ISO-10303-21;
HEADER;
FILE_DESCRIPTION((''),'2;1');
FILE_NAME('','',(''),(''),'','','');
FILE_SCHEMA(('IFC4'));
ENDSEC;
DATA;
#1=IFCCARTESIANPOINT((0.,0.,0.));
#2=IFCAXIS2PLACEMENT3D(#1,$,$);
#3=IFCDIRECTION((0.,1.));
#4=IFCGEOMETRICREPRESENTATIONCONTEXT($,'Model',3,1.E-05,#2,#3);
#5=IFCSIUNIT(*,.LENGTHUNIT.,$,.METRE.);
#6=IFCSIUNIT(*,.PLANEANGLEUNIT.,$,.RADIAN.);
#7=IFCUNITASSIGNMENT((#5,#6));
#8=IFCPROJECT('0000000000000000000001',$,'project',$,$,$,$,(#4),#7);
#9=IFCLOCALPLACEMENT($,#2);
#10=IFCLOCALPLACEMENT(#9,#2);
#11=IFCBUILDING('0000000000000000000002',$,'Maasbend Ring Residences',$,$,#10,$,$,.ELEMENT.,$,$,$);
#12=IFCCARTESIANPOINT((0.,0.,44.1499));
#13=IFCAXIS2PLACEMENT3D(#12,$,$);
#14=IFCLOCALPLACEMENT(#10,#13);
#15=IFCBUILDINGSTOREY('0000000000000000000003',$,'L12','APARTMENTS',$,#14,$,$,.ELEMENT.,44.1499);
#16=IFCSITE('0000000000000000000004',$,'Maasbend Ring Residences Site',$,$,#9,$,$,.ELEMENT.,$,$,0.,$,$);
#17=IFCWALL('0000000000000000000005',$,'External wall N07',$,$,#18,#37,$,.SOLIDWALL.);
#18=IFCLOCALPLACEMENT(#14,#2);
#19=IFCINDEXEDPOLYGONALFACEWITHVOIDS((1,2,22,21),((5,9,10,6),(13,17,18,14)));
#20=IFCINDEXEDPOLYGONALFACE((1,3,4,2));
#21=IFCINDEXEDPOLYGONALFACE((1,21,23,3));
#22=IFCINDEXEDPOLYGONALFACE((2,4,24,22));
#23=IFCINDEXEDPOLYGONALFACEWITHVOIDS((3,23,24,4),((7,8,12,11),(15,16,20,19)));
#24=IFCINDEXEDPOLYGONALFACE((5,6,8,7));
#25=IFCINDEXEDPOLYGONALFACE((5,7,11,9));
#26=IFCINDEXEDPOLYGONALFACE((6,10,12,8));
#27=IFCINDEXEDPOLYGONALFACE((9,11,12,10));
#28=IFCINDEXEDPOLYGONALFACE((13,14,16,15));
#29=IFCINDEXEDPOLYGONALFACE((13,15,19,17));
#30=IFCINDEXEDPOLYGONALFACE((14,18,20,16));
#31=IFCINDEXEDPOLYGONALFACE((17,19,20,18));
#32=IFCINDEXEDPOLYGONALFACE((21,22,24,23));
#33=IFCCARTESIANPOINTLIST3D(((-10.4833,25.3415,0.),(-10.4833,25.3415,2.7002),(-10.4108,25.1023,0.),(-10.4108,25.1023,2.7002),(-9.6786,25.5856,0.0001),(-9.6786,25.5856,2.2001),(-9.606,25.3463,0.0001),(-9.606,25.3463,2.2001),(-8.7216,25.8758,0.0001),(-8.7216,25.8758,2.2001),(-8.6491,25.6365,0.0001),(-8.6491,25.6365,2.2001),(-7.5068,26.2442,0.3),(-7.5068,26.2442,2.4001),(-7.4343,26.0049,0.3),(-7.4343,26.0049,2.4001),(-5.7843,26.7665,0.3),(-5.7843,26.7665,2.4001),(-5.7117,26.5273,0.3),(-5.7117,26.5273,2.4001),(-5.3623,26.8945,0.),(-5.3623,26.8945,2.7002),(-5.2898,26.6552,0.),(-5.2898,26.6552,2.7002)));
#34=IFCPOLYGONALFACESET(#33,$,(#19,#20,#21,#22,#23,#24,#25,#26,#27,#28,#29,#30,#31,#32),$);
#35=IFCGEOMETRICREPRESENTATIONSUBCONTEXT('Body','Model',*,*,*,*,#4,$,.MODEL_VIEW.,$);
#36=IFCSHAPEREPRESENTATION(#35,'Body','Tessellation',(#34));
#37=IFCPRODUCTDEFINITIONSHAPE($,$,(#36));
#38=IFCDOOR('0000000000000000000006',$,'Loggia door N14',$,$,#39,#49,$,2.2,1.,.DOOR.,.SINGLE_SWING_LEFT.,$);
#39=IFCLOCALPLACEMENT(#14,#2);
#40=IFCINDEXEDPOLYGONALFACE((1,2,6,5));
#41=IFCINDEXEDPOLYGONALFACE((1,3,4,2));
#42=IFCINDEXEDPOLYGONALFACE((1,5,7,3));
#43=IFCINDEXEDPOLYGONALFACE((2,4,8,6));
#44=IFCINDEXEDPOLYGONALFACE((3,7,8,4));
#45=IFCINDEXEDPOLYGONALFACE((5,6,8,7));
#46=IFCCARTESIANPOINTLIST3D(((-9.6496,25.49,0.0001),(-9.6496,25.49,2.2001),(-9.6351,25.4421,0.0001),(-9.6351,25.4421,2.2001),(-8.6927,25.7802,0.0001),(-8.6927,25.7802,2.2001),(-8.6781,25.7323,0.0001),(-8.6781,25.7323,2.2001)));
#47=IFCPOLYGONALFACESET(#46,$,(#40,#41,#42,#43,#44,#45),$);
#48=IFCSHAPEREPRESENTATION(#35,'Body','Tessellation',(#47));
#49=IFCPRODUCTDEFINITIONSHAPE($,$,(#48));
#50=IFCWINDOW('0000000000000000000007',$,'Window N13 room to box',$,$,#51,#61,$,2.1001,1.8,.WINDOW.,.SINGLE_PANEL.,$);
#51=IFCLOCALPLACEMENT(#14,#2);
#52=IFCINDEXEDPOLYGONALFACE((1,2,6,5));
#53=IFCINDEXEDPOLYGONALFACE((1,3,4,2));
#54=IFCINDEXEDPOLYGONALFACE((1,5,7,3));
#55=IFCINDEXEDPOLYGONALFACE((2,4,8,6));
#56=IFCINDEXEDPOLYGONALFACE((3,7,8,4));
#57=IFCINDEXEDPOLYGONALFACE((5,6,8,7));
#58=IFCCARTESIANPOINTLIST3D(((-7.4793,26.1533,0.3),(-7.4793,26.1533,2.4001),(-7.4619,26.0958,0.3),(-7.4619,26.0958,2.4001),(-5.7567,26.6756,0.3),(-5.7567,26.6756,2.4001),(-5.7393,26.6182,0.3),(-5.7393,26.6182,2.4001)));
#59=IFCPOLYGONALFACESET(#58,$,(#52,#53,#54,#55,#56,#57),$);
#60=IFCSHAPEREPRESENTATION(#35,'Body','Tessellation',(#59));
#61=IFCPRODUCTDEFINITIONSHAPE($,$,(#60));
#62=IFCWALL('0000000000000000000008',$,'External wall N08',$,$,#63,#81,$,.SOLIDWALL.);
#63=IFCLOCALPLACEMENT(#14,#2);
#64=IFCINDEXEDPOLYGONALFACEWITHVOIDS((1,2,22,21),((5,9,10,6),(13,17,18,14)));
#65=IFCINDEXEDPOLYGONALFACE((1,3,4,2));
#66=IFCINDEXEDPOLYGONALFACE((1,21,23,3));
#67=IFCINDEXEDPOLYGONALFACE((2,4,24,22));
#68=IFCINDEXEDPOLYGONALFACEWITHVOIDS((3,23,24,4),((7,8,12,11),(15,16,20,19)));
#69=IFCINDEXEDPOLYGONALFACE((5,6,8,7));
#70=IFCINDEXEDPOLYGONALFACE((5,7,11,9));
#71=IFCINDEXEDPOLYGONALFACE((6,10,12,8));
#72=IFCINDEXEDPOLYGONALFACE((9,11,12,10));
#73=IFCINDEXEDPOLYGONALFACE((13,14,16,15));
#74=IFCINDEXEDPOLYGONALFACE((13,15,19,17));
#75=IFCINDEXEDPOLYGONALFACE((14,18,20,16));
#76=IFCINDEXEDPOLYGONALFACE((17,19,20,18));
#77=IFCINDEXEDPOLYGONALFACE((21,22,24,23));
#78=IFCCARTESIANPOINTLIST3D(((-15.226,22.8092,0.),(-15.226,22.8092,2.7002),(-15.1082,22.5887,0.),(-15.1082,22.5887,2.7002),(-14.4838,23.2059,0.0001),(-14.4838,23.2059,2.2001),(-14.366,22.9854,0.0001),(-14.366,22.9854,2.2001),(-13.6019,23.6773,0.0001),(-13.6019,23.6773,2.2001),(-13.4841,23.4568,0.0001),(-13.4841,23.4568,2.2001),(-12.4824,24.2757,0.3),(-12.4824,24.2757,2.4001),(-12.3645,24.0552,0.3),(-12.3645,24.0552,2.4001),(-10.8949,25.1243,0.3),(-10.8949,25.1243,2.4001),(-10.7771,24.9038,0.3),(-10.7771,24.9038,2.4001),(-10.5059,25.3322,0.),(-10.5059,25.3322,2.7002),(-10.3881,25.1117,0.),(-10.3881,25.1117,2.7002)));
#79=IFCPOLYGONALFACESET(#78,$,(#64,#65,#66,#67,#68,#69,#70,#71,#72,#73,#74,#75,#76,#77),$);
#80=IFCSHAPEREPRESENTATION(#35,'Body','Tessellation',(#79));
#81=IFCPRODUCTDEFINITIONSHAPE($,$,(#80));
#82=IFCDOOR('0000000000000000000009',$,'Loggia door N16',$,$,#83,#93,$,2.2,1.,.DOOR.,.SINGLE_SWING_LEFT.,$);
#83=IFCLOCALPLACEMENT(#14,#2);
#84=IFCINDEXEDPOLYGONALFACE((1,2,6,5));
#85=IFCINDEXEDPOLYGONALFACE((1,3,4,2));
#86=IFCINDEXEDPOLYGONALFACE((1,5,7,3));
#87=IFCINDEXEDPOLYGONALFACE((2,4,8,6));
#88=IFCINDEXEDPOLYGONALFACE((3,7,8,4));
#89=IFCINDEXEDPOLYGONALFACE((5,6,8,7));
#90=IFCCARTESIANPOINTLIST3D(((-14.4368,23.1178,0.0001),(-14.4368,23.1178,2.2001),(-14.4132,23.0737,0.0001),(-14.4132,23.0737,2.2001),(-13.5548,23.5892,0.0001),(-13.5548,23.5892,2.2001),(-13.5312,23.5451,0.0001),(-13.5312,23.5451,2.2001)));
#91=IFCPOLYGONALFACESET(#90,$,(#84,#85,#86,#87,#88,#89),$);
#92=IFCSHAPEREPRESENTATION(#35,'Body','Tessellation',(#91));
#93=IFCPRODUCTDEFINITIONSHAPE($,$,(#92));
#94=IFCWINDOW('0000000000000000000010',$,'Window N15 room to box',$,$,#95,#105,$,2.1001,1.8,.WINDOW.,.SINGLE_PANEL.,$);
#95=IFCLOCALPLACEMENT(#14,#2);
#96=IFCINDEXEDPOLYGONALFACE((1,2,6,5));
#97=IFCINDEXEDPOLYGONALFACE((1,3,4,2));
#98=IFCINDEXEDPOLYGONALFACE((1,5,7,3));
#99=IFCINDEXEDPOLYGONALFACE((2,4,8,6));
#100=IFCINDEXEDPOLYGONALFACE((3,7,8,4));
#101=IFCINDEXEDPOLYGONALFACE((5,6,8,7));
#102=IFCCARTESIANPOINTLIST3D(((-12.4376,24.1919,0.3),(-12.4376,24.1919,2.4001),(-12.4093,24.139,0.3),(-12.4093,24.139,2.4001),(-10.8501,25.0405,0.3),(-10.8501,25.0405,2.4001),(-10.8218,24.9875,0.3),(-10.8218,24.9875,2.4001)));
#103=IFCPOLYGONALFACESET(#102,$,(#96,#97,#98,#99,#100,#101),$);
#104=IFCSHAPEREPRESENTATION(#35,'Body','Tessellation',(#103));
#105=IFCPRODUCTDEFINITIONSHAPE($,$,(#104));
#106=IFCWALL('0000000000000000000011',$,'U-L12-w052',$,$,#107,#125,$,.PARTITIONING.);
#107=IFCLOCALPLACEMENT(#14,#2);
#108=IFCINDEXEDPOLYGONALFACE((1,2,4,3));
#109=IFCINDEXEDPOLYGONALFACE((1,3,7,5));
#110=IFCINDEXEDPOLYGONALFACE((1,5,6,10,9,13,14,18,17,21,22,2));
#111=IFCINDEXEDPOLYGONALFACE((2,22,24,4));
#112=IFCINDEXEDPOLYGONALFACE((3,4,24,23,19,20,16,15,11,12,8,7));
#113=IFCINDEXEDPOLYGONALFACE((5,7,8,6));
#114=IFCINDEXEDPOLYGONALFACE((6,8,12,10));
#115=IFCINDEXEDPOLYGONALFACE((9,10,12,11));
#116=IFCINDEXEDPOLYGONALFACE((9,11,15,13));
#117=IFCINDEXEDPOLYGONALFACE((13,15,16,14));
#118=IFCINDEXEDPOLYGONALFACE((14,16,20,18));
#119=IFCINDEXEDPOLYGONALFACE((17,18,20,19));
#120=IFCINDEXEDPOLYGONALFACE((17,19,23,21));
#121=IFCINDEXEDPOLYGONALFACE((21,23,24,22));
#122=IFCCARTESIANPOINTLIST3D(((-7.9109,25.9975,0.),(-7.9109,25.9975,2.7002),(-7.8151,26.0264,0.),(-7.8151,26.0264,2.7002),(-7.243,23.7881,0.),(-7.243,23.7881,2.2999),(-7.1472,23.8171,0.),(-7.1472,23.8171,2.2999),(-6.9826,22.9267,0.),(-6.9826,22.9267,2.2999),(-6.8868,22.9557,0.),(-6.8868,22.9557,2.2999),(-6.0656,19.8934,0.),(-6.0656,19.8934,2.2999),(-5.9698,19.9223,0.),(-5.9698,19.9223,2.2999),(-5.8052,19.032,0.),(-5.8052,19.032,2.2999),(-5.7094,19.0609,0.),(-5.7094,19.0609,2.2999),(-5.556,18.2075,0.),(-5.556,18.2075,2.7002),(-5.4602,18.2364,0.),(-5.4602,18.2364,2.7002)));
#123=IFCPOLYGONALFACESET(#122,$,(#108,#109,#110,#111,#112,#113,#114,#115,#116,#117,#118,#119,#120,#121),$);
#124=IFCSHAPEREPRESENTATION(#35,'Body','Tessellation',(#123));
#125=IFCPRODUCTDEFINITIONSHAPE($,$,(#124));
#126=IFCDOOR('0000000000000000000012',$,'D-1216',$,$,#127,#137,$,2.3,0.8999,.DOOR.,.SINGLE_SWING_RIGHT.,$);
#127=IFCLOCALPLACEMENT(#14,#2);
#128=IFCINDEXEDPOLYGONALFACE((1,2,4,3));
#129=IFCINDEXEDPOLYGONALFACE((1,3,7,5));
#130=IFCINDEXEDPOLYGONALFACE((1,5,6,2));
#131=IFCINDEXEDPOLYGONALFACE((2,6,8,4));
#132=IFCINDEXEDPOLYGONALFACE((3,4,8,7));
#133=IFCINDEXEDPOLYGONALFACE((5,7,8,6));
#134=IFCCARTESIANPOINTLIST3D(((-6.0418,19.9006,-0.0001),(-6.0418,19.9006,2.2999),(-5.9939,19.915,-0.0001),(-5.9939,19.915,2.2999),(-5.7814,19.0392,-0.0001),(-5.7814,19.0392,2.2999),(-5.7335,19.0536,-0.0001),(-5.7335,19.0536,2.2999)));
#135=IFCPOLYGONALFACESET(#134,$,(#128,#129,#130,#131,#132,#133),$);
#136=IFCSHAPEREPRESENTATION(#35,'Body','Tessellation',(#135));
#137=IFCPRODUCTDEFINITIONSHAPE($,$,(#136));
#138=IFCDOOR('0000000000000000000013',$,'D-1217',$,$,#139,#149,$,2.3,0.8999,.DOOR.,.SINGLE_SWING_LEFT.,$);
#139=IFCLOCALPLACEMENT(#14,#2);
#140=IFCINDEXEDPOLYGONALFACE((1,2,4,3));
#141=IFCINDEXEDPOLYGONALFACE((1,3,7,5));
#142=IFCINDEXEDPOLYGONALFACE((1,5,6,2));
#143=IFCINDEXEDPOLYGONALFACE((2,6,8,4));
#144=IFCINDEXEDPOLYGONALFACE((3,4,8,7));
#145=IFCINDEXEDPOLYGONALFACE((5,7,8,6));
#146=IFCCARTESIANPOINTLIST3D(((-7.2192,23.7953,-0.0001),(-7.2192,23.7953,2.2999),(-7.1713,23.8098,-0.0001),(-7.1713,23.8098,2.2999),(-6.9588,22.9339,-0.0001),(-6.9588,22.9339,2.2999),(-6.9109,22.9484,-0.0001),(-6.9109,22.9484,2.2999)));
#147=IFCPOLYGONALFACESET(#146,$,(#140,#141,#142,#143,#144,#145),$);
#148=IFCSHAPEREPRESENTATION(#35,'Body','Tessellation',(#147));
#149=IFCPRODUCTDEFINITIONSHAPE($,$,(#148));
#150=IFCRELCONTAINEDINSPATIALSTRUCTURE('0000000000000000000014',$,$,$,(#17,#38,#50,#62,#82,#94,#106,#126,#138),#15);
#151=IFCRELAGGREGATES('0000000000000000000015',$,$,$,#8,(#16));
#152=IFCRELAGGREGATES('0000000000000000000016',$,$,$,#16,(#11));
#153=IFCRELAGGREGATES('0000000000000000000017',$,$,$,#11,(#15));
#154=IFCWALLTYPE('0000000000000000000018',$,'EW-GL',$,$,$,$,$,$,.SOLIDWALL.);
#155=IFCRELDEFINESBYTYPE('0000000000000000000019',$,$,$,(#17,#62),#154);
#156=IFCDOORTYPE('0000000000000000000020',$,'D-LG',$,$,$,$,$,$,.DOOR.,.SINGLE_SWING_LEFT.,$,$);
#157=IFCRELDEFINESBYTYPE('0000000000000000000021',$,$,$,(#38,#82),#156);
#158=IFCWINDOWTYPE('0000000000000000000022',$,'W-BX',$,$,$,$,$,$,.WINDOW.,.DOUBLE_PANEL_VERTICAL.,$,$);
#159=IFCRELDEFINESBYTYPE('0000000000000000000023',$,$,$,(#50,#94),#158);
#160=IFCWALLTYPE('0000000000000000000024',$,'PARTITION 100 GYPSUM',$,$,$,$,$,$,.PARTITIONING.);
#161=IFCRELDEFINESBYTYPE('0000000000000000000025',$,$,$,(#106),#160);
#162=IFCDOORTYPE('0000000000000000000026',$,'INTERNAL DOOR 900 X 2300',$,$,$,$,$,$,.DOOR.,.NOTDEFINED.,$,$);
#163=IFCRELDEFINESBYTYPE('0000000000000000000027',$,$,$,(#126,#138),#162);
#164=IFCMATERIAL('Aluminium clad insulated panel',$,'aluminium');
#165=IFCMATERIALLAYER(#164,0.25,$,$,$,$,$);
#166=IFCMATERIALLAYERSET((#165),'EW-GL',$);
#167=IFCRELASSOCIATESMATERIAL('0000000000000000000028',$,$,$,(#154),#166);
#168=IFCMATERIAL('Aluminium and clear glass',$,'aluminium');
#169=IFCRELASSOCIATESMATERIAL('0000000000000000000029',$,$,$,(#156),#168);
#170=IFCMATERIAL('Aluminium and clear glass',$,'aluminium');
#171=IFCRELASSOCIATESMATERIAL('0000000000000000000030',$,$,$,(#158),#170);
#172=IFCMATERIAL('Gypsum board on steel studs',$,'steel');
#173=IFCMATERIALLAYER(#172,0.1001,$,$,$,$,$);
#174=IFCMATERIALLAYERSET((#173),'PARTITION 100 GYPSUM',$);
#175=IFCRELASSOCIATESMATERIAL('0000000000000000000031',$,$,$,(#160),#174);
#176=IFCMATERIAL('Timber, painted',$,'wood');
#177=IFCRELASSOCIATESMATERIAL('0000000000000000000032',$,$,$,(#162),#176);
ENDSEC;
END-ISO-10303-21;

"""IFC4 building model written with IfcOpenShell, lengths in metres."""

from ifc_helpers import new_model, si_unit, direction, frame, frame_2d, origin, place, context, subcontext, project, spatial, rectangle, extrude, material, layer, layer_set, type_object, element, fill, save


model = new_model("IFC4")

# Units and contexts
model_context = context("Model", 3, precision=1e-05, world=origin(), true_north=direction((0.0, 1.0)))
body_context = subcontext(model_context, "Body", "Model", "MODEL_VIEW")
ifc_project = project(units=[si_unit("LENGTHUNIT", "METRE"), si_unit("PLANEANGLEUNIT", "RADIAN")], contexts=[model_context])

# Site, building, storey
site_placement = place(None, origin())
site = spatial("IfcSite", under=ifc_project, at=site_placement, Name="Maasbend Ring Residences Site", CompositionType="ELEMENT", RefElevation=0.0)
building_placement = place(site_placement, origin())
building = spatial("IfcBuilding", under=site, at=building_placement, Name="Maasbend Ring Residences", CompositionType="ELEMENT")
storey_placement = place(building_placement, frame((0.0, 0.0, 44.1499)))
storey = spatial("IfcBuildingStorey", under=building, at=storey_placement, Name="L12", Description="APARTMENTS", CompositionType="ELEMENT", Elevation=44.1499)

# Walls, openings, doors, windows
ifc_material_1 = material(Name="Aluminium clad insulated panel", Category="aluminium")
ifc_layer_1 = layer(ifc_material_1, 0.25)
ifc_layer_set_1 = layer_set([ifc_layer_1], Name="EW-GL")
wall_type_1 = type_object("IfcWallType", Name="EW-GL", PredefinedType="SOLIDWALL", material=ifc_layer_set_1)
wall_1_placement = place(storey_placement, frame((-5.3259, 26.7749, 0.0), z_axis=(0.0, 0.0, 1.0), x_axis=(-0.956966, -0.290201, 0.0)))
wall_1 = element("IfcWall", 1, at=wall_1_placement, inside=storey, type_object=wall_type_1, Name="External wall N07", PredefinedType="SOLIDWALL", context=body_context, shape_type="SweptSolid", body=[
    extrude(rectangle(XDim=5.3513, YDim=0.25, at=frame_2d((2.6758, 0.0))), origin(), (0.0, 0.0, 1.0), 2.7002),
])
opening_1_placement = place(wall_1_placement, frame((0.4412, 0.0, 0.3)))
opening_1 = element("IfcOpeningElement", 2, at=opening_1_placement, cuts=wall_1, PredefinedType="OPENING", context=body_context, shape_type="SweptSolid", body=[
    extrude(rectangle(XDim=1.8, YDim=2.1001, at=frame_2d((0.8999, 1.05))), frame((0.0, 0.135, 0.0), z_axis=(0.0, -1.0, 0.0), x_axis=(1.0, 0.0, 0.0)), (0.0, 0.0, 1.0), 0.27),
])
opening_2_placement = place(wall_1_placement, frame((3.5105, 0.0, 0.0)))
opening_2 = element("IfcOpeningElement", 3, at=opening_2_placement, cuts=wall_1, PredefinedType="OPENING", context=body_context, shape_type="SweptSolid", body=[
    extrude(rectangle(XDim=1.0, YDim=2.2, at=frame_2d((0.5, 1.1001))), frame((0.0, 0.135, 0.0), z_axis=(0.0, -1.0, 0.0), x_axis=(1.0, 0.0, 0.0)), (0.0, 0.0, 1.0), 0.27),
])
ifc_material_2 = material(Name="Aluminium and clear glass", Category="aluminium")
door_type_1 = type_object("IfcDoorType", Name="D-LG", OperationType="SINGLE_SWING_LEFT", PredefinedType="DOOR", material=ifc_material_2)
door_1_placement = place(opening_2_placement, origin())
door_1 = element("IfcDoor", 4, at=door_1_placement, inside=storey, type_object=door_type_1, Name="Loggia door N14", OperationType="SINGLE_SWING_LEFT", OverallHeight=2.2, OverallWidth=1.0, PredefinedType="DOOR", context=body_context, shape_type="SweptSolid", body=[
    extrude(rectangle(XDim=1.0, YDim=2.2, at=frame_2d((0.5, 1.1001))), frame((0.0, 0.0249, 0.0), z_axis=(0.0, -1.0, 0.0), x_axis=(1.0, 0.0, 0.0)), (0.0, 0.0, 1.0), 0.05),
])
fill(opening_2, door_1)
ifc_material_3 = material(Name="Aluminium and clear glass", Category="aluminium")
window_type_1 = type_object("IfcWindowType", Name="W-BX", PartitioningType="DOUBLE_PANEL_VERTICAL", PredefinedType="WINDOW", material=ifc_material_3)
window_1_placement = place(opening_1_placement, origin())
window_1 = element("IfcWindow", 5, at=window_1_placement, inside=storey, type_object=window_type_1, Name="Window N13 room to box", OverallHeight=2.1001, OverallWidth=1.8, PartitioningType="SINGLE_PANEL", PredefinedType="WINDOW", context=body_context, shape_type="SweptSolid", body=[
    extrude(rectangle(XDim=1.8, YDim=2.1001, at=frame_2d((0.8999, 1.05))), frame((0.0, 0.03, 0.0), z_axis=(0.0, -1.0, 0.0), x_axis=(1.0, 0.0, 0.0)), (0.0, 0.0, 1.0), 0.0601),
])
fill(opening_1, window_1)
wall_2_placement = place(storey_placement, frame((-10.447, 25.2219, 0.0), z_axis=(0.0, 0.0, 1.0), x_axis=(-0.881916, -0.471407, 0.0)))
wall_2 = element("IfcWall", 6, at=wall_2_placement, inside=storey, type_object=wall_type_1, Name="External wall N08", PredefinedType="SOLIDWALL", context=body_context, shape_type="SweptSolid", body=[
    extrude(rectangle(XDim=5.3521, YDim=0.25, at=frame_2d((2.676, 0.0))), origin(), (0.0, 0.0, 1.0), 2.7002),
])
opening_3_placement = place(wall_2_placement, frame((0.4412, 0.0, 0.3)))
opening_3 = element("IfcOpeningElement", 7, at=opening_3_placement, cuts=wall_2, PredefinedType="OPENING", context=body_context, shape_type="SweptSolid", body=[
    extrude(rectangle(XDim=1.8, YDim=2.1001, at=frame_2d((0.8999, 1.05))), frame((0.0, 0.135, 0.0), z_axis=(0.0, -1.0, 0.0), x_axis=(1.0, 0.0, 0.0)), (0.0, 0.0, 1.0), 0.27),
])
opening_4_placement = place(wall_2_placement, frame((3.5105, 0.0, 0.0)))
opening_4 = element("IfcOpeningElement", 8, at=opening_4_placement, cuts=wall_2, PredefinedType="OPENING", context=body_context, shape_type="SweptSolid", body=[
    extrude(rectangle(XDim=1.0, YDim=2.2, at=frame_2d((0.5, 1.1001))), frame((0.0, 0.135, 0.0), z_axis=(0.0, -1.0, 0.0), x_axis=(1.0, 0.0, 0.0)), (0.0, 0.0, 1.0), 0.27),
])
door_2_placement = place(opening_4_placement, origin())
door_2 = element("IfcDoor", 9, at=door_2_placement, inside=storey, type_object=door_type_1, Name="Loggia door N16", OperationType="SINGLE_SWING_LEFT", OverallHeight=2.2, OverallWidth=1.0, PredefinedType="DOOR", context=body_context, shape_type="SweptSolid", body=[
    extrude(rectangle(XDim=1.0, YDim=2.2, at=frame_2d((0.5, 1.1001))), frame((0.0, 0.0249, 0.0), z_axis=(0.0, -1.0, 0.0), x_axis=(1.0, 0.0, 0.0)), (0.0, 0.0, 1.0), 0.05),
])
fill(opening_4, door_2)
window_2_placement = place(opening_3_placement, origin())
window_2 = element("IfcWindow", 10, at=window_2_placement, inside=storey, type_object=window_type_1, Name="Window N15 room to box", OverallHeight=2.1001, OverallWidth=1.8, PartitioningType="SINGLE_PANEL", PredefinedType="WINDOW", context=body_context, shape_type="SweptSolid", body=[
    extrude(rectangle(XDim=1.8, YDim=2.1001, at=frame_2d((0.8999, 1.05))), frame((0.0, 0.03, 0.0), z_axis=(0.0, -1.0, 0.0), x_axis=(1.0, 0.0, 0.0)), (0.0, 0.0, 1.0), 0.0601),
])
fill(opening_3, window_2)

# Wall, openings, doors
ifc_material_4 = material(Name="Gypsum board on steel studs", Category="steel")
ifc_layer_2 = layer(ifc_material_4, 0.1001)
ifc_layer_set_2 = layer_set([ifc_layer_2], Name="PARTITION 100 GYPSUM")
wall_type_2 = type_object("IfcWallType", Name="PARTITION 100 GYPSUM", PredefinedType="PARTITIONING", material=ifc_layer_set_2)
wall_3_placement = place(storey_placement, frame((-7.863, 26.012, 0.0), z_axis=(0.0, 0.0, 1.0), x_axis=(0.289373, -0.957216, 0.0)))
wall_3 = element("IfcWall", 11, at=wall_3_placement, inside=storey, type_object=wall_type_2, Name="U-L12-w052", PredefinedType="PARTITIONING", context=body_context, shape_type="SweptSolid", body=[
    extrude(rectangle(XDim=8.1382, YDim=0.1001, at=frame_2d((4.0691, 0.0))), origin(), (0.0, 0.0, 1.0), 2.7002),
])
opening_5_placement = place(wall_3_placement, frame((6.377, 0.0, 0.0)))
opening_5 = element("IfcOpeningElement", 12, at=opening_5_placement, cuts=wall_3, PredefinedType="OPENING", context=body_context, shape_type="SweptSolid", body=[
    extrude(rectangle(XDim=0.8999, YDim=2.3, at=frame_2d((0.45, 1.1499))), frame((0.0, 0.0601, 0.0), z_axis=(0.0, -1.0, 0.0), x_axis=(1.0, 0.0, 0.0)), (0.0, 0.0, 1.0), 0.1201),
])
opening_6_placement = place(wall_3_placement, frame((2.3081, 0.0, 0.0)))
opening_6 = element("IfcOpeningElement", 13, at=opening_6_placement, cuts=wall_3, PredefinedType="OPENING", context=body_context, shape_type="SweptSolid", body=[
    extrude(rectangle(XDim=0.8999, YDim=2.3, at=frame_2d((0.45, 1.1499))), frame((0.0, 0.0601, 0.0), z_axis=(0.0, -1.0, 0.0), x_axis=(1.0, 0.0, 0.0)), (0.0, 0.0, 1.0), 0.1201),
])
ifc_material_5 = material(Name="Timber, painted", Category="wood")
door_type_2 = type_object("IfcDoorType", Name="INTERNAL DOOR 900 X 2300", OperationType="NOTDEFINED", PredefinedType="DOOR", material=ifc_material_5)
door_3_placement = place(opening_5_placement, origin())
door_3 = element("IfcDoor", 14, at=door_3_placement, inside=storey, type_object=door_type_2, Name="D-1216", OperationType="SINGLE_SWING_RIGHT", OverallHeight=2.3, OverallWidth=0.8999, PredefinedType="DOOR", context=body_context, shape_type="SweptSolid", body=[
    extrude(rectangle(XDim=0.8999, YDim=2.3, at=frame_2d((0.45, 1.1499))), frame((0.0, 0.0249, 0.0), z_axis=(0.0, -1.0, 0.0), x_axis=(1.0, 0.0, 0.0)), (0.0, 0.0, 1.0), 0.05),
])
fill(opening_5, door_3)
door_4_placement = place(opening_6_placement, origin())
door_4 = element("IfcDoor", 15, at=door_4_placement, inside=storey, type_object=door_type_2, Name="D-1217", OperationType="SINGLE_SWING_LEFT", OverallHeight=2.3, OverallWidth=0.8999, PredefinedType="DOOR", context=body_context, shape_type="SweptSolid", body=[
    extrude(rectangle(XDim=0.8999, YDim=2.3, at=frame_2d((0.45, 1.1499))), frame((0.0, 0.0249, 0.0), z_axis=(0.0, -1.0, 0.0), x_axis=(1.0, 0.0, 0.0)), (0.0, 0.0, 1.0), 0.05),
])
fill(opening_6, door_4)

save(model, "model.ifc")
